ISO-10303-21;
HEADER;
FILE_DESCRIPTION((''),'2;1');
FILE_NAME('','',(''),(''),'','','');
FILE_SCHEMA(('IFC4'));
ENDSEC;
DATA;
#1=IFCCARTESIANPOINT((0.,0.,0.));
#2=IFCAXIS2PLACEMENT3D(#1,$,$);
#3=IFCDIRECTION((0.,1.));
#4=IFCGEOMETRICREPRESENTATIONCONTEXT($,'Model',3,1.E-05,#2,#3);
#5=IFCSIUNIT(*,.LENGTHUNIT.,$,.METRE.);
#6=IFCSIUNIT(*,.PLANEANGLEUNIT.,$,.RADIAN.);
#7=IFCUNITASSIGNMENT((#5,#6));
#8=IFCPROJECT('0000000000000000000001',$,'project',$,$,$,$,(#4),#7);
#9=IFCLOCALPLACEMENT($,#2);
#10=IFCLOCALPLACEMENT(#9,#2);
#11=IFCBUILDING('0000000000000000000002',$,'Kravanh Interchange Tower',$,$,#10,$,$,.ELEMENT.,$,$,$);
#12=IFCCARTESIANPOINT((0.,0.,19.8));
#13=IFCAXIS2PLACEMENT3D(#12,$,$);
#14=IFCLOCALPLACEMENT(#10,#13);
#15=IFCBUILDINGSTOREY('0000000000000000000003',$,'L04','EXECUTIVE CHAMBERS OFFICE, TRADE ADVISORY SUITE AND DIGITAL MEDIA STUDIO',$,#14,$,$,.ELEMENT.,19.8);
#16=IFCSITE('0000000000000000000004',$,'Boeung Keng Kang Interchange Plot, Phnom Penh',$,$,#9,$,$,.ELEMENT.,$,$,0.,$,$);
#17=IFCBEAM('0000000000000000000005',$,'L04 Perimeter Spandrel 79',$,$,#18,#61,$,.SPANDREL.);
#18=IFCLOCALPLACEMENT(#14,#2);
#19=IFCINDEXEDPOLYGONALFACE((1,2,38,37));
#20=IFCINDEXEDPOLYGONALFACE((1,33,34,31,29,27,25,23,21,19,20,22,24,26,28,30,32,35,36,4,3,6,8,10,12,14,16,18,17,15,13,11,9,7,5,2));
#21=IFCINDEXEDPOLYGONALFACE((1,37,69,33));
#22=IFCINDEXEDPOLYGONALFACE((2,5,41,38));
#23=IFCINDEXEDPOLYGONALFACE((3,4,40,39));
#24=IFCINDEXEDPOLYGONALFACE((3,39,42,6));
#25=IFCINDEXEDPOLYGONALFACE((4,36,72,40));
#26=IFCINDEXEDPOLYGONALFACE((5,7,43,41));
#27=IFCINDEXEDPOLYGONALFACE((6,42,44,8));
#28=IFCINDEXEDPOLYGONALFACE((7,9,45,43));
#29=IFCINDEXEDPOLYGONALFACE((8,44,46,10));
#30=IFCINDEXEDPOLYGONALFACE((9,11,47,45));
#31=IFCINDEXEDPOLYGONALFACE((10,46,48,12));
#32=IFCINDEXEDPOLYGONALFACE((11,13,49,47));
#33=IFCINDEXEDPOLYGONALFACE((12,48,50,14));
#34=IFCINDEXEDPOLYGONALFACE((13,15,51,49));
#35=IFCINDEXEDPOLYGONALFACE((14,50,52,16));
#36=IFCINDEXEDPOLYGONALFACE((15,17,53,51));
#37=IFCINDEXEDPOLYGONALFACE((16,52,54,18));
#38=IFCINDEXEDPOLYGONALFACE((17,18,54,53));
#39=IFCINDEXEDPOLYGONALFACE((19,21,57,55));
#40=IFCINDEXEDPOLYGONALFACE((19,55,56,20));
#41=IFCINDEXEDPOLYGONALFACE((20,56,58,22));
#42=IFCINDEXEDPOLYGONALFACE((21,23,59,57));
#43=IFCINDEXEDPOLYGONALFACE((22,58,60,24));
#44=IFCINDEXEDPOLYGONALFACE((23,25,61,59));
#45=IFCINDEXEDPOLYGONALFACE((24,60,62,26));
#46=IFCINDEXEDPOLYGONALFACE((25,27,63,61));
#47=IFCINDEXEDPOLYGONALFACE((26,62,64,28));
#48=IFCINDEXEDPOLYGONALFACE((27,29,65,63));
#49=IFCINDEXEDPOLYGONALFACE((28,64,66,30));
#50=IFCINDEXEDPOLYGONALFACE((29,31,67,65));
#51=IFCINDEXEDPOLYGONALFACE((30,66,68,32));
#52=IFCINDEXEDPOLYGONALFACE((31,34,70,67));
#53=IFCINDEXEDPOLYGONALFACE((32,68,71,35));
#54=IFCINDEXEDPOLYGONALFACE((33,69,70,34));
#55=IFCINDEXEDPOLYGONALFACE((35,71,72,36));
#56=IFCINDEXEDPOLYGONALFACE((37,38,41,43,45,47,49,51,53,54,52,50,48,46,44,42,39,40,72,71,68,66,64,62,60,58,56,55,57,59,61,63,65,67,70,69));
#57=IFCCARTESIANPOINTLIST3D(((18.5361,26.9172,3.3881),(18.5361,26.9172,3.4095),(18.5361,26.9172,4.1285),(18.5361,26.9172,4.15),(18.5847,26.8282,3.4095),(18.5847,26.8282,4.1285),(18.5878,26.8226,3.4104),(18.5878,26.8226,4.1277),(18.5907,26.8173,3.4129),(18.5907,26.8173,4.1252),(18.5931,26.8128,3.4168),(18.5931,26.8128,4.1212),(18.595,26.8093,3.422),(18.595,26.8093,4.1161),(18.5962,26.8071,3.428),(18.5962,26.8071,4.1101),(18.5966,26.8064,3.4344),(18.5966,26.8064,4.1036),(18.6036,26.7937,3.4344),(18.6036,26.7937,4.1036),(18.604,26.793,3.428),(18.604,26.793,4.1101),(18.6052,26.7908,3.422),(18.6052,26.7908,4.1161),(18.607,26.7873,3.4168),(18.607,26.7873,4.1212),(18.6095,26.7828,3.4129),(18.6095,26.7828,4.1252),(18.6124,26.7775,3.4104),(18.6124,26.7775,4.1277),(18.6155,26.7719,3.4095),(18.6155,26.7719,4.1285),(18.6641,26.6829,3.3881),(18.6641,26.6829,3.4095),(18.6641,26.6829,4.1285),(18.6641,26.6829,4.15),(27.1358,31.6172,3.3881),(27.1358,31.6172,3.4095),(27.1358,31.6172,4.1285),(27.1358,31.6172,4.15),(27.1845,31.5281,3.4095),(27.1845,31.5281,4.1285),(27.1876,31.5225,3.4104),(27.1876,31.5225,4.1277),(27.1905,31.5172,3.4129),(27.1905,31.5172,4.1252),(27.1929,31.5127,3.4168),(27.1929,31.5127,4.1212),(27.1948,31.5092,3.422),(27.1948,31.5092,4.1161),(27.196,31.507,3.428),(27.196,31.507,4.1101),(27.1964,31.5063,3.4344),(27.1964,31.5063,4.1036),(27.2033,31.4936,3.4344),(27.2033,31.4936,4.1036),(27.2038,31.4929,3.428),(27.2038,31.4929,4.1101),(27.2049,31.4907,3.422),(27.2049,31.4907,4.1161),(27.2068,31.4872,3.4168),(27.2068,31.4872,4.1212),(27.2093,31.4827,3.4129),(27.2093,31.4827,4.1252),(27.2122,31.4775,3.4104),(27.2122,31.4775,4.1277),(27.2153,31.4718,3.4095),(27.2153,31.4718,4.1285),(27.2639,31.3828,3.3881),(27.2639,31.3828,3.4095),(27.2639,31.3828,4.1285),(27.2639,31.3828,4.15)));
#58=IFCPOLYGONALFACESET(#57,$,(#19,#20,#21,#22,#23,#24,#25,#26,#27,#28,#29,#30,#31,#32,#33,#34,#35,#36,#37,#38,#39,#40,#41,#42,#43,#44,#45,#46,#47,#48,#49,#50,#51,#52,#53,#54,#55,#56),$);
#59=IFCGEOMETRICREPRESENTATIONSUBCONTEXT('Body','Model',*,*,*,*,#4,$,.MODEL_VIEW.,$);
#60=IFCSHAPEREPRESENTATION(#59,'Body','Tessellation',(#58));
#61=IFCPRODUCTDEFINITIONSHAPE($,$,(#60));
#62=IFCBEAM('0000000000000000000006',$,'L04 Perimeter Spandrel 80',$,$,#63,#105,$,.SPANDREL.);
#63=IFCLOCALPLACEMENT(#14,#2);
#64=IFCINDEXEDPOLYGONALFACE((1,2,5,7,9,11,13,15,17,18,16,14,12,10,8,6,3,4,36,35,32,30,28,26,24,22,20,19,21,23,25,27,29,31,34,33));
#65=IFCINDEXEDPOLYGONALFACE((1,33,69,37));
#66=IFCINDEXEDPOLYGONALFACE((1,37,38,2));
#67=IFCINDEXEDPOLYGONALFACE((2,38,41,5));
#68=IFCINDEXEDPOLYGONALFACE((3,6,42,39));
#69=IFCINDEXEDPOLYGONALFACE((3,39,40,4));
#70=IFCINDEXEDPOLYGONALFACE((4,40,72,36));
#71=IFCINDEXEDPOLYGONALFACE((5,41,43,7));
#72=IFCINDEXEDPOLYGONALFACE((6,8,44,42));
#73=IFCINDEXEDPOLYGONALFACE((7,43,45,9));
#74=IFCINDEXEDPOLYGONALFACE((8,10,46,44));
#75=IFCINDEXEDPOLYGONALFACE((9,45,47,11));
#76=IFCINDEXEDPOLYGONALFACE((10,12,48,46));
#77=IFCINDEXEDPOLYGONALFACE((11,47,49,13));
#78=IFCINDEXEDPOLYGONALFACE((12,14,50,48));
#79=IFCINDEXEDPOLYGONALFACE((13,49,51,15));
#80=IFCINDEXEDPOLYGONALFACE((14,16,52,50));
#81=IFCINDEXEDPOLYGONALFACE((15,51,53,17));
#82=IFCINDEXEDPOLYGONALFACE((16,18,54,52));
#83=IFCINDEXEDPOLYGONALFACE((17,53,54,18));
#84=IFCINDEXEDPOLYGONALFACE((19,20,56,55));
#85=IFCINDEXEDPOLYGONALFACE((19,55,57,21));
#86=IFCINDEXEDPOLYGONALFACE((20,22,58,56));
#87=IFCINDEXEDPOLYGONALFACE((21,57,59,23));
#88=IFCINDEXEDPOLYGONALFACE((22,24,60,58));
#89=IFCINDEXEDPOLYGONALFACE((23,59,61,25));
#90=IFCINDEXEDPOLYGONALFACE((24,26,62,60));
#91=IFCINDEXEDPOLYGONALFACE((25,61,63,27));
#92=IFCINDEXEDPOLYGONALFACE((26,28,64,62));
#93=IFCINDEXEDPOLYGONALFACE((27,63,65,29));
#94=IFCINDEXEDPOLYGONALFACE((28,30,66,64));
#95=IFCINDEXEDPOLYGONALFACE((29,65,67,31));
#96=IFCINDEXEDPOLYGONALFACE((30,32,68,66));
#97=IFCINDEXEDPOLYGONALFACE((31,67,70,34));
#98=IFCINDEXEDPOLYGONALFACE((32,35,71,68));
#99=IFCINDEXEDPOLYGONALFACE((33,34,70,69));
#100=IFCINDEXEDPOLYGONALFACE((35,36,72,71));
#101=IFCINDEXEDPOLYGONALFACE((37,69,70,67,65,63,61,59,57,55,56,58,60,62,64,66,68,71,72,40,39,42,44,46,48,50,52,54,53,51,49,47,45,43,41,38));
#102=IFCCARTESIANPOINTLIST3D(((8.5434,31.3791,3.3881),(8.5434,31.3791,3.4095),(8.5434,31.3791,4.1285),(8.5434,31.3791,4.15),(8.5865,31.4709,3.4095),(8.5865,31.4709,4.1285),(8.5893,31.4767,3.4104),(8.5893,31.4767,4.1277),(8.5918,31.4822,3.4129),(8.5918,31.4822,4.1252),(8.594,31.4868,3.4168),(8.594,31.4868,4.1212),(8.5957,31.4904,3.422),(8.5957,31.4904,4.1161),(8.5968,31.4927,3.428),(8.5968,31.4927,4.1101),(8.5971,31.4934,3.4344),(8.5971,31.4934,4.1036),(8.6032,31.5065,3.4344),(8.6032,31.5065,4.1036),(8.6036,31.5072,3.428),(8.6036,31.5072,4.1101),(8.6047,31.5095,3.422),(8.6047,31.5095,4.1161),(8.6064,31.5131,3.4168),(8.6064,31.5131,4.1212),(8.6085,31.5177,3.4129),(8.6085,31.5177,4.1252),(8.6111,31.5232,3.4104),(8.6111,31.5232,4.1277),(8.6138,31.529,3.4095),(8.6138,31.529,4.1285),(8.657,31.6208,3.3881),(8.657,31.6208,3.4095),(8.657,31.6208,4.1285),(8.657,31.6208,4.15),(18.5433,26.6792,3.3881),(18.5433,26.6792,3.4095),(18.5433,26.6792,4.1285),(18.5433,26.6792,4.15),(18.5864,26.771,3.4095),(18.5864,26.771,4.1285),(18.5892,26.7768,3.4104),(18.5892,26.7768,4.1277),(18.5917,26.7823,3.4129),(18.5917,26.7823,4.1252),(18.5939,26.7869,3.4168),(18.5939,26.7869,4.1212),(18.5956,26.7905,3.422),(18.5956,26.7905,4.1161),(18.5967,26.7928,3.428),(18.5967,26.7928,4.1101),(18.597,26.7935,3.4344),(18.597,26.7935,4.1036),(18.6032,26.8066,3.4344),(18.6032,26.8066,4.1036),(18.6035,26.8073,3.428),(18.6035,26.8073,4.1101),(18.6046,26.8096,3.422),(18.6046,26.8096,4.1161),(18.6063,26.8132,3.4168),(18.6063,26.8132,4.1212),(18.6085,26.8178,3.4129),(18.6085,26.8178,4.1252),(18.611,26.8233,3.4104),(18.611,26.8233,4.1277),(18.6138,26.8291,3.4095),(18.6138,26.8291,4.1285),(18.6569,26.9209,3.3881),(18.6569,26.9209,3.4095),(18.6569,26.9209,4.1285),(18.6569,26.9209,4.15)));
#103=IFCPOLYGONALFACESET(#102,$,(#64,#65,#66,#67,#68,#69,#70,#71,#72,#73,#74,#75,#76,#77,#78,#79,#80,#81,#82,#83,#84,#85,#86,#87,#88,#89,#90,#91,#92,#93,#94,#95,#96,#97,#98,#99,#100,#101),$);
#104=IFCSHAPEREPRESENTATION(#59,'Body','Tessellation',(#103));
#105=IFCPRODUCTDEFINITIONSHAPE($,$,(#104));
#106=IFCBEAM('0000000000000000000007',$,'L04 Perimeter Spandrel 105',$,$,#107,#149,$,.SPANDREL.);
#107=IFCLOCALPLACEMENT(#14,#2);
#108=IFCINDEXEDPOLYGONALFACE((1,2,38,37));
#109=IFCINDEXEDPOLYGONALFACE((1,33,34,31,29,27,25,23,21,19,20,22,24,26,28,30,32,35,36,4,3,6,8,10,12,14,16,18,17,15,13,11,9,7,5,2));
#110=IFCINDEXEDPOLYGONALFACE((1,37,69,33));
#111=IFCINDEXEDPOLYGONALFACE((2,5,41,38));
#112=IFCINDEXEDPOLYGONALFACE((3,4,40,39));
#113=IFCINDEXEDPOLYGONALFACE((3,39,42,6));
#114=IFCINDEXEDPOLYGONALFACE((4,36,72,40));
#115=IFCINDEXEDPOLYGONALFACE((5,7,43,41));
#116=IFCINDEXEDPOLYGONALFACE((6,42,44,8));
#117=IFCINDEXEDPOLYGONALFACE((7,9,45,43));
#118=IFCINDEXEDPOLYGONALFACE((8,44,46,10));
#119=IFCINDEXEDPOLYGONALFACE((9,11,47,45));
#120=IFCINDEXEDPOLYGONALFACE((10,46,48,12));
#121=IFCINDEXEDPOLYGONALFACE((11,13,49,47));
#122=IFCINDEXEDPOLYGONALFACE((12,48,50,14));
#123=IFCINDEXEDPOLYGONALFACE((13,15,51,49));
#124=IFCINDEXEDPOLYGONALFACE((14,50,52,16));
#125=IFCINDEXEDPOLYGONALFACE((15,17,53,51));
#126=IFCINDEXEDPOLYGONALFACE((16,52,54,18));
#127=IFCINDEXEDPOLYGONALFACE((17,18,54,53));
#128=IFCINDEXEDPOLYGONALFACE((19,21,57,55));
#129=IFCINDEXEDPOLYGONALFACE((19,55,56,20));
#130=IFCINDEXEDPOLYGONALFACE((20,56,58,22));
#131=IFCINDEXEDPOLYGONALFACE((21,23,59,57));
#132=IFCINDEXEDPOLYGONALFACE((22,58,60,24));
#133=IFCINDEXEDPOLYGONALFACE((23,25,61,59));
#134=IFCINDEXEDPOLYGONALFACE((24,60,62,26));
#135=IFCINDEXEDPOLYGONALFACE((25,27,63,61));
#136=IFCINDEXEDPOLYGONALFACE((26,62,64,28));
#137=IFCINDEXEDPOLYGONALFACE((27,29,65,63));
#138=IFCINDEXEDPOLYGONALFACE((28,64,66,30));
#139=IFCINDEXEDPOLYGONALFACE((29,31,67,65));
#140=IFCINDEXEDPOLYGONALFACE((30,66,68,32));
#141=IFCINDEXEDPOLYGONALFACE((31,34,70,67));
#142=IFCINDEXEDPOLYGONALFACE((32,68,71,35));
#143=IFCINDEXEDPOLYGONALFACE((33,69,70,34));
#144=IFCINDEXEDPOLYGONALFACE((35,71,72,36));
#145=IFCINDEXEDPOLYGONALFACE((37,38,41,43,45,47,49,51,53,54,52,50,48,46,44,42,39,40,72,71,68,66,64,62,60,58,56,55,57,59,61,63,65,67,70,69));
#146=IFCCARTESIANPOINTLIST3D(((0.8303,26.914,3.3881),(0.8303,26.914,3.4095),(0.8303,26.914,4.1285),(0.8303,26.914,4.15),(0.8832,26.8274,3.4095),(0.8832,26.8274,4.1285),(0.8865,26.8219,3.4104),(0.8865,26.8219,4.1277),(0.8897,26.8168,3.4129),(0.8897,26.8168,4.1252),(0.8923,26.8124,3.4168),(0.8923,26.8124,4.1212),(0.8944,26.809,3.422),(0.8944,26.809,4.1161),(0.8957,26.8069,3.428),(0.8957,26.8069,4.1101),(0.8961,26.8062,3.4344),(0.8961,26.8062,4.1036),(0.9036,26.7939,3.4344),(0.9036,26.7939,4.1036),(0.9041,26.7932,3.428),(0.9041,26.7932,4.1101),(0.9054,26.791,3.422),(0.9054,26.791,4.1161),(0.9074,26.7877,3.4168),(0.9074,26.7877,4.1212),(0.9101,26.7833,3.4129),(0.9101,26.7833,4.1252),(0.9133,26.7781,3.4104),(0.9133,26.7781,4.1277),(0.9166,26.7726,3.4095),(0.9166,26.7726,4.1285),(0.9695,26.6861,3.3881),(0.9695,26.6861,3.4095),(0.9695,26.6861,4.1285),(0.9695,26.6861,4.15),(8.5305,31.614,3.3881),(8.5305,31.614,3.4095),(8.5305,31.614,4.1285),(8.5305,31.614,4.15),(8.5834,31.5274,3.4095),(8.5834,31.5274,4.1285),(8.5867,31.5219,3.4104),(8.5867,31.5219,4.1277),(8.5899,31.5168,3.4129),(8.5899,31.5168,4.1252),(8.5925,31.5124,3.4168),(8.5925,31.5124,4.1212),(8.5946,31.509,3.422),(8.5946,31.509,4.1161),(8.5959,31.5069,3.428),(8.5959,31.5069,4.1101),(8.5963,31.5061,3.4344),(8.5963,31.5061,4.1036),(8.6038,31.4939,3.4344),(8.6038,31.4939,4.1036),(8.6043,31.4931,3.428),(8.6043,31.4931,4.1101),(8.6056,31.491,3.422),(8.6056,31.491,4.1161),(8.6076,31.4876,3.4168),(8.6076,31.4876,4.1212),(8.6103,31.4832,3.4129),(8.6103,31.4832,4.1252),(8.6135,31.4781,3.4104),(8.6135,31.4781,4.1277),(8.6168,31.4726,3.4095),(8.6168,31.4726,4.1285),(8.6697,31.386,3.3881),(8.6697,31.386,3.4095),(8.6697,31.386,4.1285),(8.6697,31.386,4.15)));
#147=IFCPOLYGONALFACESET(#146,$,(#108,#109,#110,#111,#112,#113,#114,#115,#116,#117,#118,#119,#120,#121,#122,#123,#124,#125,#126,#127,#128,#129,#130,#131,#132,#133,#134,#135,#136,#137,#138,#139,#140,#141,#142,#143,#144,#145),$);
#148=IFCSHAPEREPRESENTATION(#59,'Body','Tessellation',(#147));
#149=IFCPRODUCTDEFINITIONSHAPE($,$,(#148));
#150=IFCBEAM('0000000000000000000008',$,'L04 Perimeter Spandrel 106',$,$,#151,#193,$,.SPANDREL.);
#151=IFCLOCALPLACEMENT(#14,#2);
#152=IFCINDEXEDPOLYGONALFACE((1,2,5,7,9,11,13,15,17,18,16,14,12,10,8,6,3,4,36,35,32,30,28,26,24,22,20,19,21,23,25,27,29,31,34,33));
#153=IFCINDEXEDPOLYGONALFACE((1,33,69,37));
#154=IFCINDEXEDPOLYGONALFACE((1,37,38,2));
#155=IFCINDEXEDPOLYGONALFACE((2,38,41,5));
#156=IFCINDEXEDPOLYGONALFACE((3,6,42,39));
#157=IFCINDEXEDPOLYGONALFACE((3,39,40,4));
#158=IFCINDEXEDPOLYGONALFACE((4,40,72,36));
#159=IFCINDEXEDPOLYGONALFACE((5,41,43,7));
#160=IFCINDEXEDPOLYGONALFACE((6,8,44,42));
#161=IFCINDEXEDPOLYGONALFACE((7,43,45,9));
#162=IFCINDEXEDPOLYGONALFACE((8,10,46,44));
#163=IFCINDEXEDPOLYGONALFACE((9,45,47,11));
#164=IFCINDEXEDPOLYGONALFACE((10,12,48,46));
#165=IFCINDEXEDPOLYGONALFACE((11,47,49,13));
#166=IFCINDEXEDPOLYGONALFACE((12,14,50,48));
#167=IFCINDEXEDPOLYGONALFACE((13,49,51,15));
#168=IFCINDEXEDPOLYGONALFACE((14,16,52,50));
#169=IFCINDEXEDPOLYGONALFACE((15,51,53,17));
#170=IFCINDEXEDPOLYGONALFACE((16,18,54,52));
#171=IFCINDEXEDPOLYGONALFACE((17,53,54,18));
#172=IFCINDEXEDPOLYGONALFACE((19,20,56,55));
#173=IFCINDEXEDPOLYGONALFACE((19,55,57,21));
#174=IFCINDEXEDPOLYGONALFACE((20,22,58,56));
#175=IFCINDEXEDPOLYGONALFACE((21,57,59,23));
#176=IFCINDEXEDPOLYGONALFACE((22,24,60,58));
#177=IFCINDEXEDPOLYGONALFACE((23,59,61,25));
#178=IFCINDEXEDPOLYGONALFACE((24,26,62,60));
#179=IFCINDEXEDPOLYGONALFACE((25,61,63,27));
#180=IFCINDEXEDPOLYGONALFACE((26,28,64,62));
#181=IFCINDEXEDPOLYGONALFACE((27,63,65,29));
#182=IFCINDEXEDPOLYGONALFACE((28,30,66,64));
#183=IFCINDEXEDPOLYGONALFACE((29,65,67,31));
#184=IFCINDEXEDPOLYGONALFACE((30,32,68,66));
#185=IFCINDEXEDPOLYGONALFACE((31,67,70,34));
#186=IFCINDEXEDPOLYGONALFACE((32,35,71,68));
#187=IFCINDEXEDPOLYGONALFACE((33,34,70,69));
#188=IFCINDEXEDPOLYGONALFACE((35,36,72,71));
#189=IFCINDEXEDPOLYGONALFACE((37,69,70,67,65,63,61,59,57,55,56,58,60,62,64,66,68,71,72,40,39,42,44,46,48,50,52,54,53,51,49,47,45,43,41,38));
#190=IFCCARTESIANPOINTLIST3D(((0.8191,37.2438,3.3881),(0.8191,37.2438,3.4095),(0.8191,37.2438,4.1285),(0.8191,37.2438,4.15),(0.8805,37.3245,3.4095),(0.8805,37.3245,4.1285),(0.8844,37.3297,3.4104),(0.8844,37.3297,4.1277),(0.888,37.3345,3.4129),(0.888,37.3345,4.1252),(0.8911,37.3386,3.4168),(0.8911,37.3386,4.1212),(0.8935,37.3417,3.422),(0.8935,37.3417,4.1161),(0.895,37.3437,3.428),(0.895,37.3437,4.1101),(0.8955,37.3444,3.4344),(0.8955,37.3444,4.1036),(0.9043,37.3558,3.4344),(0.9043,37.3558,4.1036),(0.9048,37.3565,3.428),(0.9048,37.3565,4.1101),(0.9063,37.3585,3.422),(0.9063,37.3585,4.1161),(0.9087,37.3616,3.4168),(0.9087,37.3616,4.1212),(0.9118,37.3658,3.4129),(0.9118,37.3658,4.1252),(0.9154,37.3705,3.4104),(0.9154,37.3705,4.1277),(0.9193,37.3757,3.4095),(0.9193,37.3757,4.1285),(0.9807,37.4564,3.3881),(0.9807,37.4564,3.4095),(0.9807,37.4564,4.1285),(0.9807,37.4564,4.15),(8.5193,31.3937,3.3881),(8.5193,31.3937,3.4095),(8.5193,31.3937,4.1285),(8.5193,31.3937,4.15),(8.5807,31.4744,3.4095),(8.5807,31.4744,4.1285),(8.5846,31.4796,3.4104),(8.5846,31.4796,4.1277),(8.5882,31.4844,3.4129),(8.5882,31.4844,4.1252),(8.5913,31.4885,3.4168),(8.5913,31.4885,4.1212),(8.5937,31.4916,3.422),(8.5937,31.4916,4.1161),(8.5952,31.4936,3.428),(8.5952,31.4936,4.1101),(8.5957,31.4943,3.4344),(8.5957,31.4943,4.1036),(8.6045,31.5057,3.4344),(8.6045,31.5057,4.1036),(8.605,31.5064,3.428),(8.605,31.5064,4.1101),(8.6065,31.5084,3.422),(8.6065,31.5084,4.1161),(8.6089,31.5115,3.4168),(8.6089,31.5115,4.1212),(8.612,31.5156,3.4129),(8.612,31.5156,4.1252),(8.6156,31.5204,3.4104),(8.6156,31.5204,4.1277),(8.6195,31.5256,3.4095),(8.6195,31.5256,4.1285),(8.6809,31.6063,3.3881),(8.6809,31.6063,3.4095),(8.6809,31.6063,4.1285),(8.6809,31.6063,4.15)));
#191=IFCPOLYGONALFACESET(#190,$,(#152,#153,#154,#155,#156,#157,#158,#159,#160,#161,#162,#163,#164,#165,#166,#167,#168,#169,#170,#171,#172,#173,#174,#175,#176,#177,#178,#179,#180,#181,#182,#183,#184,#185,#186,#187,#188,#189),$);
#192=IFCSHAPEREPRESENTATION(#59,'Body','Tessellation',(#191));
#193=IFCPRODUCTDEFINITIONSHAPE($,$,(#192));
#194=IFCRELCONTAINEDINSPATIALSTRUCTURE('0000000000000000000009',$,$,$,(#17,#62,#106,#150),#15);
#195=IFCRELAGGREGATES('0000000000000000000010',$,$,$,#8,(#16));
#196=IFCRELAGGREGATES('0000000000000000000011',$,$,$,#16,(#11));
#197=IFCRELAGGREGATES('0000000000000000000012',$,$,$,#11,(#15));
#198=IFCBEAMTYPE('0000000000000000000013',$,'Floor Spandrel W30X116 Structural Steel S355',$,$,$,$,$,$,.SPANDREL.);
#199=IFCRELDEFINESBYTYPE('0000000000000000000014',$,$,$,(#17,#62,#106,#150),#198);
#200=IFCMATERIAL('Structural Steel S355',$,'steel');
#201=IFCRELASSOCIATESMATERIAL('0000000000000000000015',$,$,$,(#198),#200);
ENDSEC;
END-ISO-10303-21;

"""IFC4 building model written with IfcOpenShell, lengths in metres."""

from ifc_helpers import new_model, si_unit, direction, frame, origin, origin_2d, place, context, subcontext, project, spatial, i_section, extrude, material, material_profile, profile_set, type_object, element, save


model = new_model("IFC4")

# Units and contexts
model_context = context("Model", 3, precision=1e-05, world=origin(), true_north=direction((0.0, 1.0)))
body_context = subcontext(model_context, "Body", "Model", "MODEL_VIEW")
ifc_project = project(units=[si_unit("LENGTHUNIT", "METRE"), si_unit("PLANEANGLEUNIT", "RADIAN")], contexts=[model_context])

# Site, building, storey
site_placement = place(None, origin())
site = spatial("IfcSite", under=ifc_project, at=site_placement, Name="Boeung Keng Kang Interchange Plot, Phnom Penh", CompositionType="ELEMENT", RefElevation=0.0)
building_placement = place(site_placement, origin())
building = spatial("IfcBuilding", under=site, at=building_placement, Name="Kravanh Interchange Tower", CompositionType="ELEMENT")
storey_placement = place(building_placement, frame((0.0, 0.0, 19.8)))
storey = spatial("IfcBuildingStorey", under=building, at=storey_placement, Name="L04", Description="EXECUTIVE CHAMBERS OFFICE, TRADE ADVISORY SUITE AND DIGITAL MEDIA STUDIO", CompositionType="ELEMENT", Elevation=19.8)

# Beams
ifc_material_1 = material(Name="Structural Steel S355", Category="steel")
ifc_material_profile_1 = material_profile(ifc_material_1, i_section(OverallWidth=0.2671, OverallDepth=0.762, WebThickness=0.0144, FlangeThickness=0.0215, FilletRadius=0.0249, at=origin_2d()), Name="W30X116")
ifc_profile_set_1 = profile_set([ifc_material_profile_1], Name="Structural Steel S355")
beam_type_1 = type_object("IfcBeamType", Name="Floor Spandrel W30X116 Structural Steel S355", PredefinedType="SPANDREL", material=ifc_profile_set_1)
beam_1_placement = place(storey_placement, frame((18.6001, 26.8, 3.769), z_axis=(0.877504, 0.479569, 0.0), x_axis=(-0.479569, 0.877504, 0.0)))
element("IfcBeam", 1, at=beam_1_placement, inside=storey, type_object=beam_type_1, Name="L04 Perimeter Spandrel 79", PredefinedType="SPANDREL", context=body_context, shape_type="SweptSolid", body=[
    extrude(i_section(OverallWidth=0.2671, OverallDepth=0.762, WebThickness=0.0144, FlangeThickness=0.0215, FilletRadius=0.0249, at=origin_2d()), origin(), (0.0, 0.0, 1.0), 9.8003),
])
beam_2_placement = place(storey_placement, frame((18.6001, 26.8, 3.769), z_axis=(-0.905025, 0.425358, 0.0), x_axis=(-0.425358, -0.905025, 0.0)))
element("IfcBeam", 2, at=beam_2_placement, inside=storey, type_object=beam_type_1, Name="L04 Perimeter Spandrel 80", PredefinedType="SPANDREL", context=body_context, shape_type="SweptSolid", body=[
    extrude(i_section(OverallWidth=0.2671, OverallDepth=0.762, WebThickness=0.0144, FlangeThickness=0.0215, FilletRadius=0.0249, at=origin_2d()), origin(), (0.0, 0.0, 1.0), 11.0493),
])
beam_3_placement = place(storey_placement, frame((8.6001, 31.5, 3.769), z_axis=(-0.853564, -0.520988, 0.0), x_axis=(0.520988, -0.853564, 0.0)))
element("IfcBeam", 3, at=beam_3_placement, inside=storey, type_object=beam_type_1, Name="L04 Perimeter Spandrel 105", PredefinedType="SPANDREL", context=body_context, shape_type="SweptSolid", body=[
    extrude(i_section(OverallWidth=0.2671, OverallDepth=0.762, WebThickness=0.0144, FlangeThickness=0.0215, FilletRadius=0.0249, at=origin_2d()), origin(), (0.0, 0.0, 1.0), 9.0212),
])
beam_4_placement = place(storey_placement, frame((8.6001, 31.5, 3.769), z_axis=(-0.796264, 0.604949, 0.0), x_axis=(-0.604949, -0.796264, 0.0)))
element("IfcBeam", 4, at=beam_4_placement, inside=storey, type_object=beam_type_1, Name="L04 Perimeter Spandrel 106", PredefinedType="SPANDREL", context=body_context, shape_type="SweptSolid", body=[
    extrude(i_section(OverallWidth=0.2671, OverallDepth=0.762, WebThickness=0.0144, FlangeThickness=0.0215, FilletRadius=0.0249, at=origin_2d()), origin(), (0.0, 0.0, 1.0), 9.6704),
])

save(model, "model.ifc")
